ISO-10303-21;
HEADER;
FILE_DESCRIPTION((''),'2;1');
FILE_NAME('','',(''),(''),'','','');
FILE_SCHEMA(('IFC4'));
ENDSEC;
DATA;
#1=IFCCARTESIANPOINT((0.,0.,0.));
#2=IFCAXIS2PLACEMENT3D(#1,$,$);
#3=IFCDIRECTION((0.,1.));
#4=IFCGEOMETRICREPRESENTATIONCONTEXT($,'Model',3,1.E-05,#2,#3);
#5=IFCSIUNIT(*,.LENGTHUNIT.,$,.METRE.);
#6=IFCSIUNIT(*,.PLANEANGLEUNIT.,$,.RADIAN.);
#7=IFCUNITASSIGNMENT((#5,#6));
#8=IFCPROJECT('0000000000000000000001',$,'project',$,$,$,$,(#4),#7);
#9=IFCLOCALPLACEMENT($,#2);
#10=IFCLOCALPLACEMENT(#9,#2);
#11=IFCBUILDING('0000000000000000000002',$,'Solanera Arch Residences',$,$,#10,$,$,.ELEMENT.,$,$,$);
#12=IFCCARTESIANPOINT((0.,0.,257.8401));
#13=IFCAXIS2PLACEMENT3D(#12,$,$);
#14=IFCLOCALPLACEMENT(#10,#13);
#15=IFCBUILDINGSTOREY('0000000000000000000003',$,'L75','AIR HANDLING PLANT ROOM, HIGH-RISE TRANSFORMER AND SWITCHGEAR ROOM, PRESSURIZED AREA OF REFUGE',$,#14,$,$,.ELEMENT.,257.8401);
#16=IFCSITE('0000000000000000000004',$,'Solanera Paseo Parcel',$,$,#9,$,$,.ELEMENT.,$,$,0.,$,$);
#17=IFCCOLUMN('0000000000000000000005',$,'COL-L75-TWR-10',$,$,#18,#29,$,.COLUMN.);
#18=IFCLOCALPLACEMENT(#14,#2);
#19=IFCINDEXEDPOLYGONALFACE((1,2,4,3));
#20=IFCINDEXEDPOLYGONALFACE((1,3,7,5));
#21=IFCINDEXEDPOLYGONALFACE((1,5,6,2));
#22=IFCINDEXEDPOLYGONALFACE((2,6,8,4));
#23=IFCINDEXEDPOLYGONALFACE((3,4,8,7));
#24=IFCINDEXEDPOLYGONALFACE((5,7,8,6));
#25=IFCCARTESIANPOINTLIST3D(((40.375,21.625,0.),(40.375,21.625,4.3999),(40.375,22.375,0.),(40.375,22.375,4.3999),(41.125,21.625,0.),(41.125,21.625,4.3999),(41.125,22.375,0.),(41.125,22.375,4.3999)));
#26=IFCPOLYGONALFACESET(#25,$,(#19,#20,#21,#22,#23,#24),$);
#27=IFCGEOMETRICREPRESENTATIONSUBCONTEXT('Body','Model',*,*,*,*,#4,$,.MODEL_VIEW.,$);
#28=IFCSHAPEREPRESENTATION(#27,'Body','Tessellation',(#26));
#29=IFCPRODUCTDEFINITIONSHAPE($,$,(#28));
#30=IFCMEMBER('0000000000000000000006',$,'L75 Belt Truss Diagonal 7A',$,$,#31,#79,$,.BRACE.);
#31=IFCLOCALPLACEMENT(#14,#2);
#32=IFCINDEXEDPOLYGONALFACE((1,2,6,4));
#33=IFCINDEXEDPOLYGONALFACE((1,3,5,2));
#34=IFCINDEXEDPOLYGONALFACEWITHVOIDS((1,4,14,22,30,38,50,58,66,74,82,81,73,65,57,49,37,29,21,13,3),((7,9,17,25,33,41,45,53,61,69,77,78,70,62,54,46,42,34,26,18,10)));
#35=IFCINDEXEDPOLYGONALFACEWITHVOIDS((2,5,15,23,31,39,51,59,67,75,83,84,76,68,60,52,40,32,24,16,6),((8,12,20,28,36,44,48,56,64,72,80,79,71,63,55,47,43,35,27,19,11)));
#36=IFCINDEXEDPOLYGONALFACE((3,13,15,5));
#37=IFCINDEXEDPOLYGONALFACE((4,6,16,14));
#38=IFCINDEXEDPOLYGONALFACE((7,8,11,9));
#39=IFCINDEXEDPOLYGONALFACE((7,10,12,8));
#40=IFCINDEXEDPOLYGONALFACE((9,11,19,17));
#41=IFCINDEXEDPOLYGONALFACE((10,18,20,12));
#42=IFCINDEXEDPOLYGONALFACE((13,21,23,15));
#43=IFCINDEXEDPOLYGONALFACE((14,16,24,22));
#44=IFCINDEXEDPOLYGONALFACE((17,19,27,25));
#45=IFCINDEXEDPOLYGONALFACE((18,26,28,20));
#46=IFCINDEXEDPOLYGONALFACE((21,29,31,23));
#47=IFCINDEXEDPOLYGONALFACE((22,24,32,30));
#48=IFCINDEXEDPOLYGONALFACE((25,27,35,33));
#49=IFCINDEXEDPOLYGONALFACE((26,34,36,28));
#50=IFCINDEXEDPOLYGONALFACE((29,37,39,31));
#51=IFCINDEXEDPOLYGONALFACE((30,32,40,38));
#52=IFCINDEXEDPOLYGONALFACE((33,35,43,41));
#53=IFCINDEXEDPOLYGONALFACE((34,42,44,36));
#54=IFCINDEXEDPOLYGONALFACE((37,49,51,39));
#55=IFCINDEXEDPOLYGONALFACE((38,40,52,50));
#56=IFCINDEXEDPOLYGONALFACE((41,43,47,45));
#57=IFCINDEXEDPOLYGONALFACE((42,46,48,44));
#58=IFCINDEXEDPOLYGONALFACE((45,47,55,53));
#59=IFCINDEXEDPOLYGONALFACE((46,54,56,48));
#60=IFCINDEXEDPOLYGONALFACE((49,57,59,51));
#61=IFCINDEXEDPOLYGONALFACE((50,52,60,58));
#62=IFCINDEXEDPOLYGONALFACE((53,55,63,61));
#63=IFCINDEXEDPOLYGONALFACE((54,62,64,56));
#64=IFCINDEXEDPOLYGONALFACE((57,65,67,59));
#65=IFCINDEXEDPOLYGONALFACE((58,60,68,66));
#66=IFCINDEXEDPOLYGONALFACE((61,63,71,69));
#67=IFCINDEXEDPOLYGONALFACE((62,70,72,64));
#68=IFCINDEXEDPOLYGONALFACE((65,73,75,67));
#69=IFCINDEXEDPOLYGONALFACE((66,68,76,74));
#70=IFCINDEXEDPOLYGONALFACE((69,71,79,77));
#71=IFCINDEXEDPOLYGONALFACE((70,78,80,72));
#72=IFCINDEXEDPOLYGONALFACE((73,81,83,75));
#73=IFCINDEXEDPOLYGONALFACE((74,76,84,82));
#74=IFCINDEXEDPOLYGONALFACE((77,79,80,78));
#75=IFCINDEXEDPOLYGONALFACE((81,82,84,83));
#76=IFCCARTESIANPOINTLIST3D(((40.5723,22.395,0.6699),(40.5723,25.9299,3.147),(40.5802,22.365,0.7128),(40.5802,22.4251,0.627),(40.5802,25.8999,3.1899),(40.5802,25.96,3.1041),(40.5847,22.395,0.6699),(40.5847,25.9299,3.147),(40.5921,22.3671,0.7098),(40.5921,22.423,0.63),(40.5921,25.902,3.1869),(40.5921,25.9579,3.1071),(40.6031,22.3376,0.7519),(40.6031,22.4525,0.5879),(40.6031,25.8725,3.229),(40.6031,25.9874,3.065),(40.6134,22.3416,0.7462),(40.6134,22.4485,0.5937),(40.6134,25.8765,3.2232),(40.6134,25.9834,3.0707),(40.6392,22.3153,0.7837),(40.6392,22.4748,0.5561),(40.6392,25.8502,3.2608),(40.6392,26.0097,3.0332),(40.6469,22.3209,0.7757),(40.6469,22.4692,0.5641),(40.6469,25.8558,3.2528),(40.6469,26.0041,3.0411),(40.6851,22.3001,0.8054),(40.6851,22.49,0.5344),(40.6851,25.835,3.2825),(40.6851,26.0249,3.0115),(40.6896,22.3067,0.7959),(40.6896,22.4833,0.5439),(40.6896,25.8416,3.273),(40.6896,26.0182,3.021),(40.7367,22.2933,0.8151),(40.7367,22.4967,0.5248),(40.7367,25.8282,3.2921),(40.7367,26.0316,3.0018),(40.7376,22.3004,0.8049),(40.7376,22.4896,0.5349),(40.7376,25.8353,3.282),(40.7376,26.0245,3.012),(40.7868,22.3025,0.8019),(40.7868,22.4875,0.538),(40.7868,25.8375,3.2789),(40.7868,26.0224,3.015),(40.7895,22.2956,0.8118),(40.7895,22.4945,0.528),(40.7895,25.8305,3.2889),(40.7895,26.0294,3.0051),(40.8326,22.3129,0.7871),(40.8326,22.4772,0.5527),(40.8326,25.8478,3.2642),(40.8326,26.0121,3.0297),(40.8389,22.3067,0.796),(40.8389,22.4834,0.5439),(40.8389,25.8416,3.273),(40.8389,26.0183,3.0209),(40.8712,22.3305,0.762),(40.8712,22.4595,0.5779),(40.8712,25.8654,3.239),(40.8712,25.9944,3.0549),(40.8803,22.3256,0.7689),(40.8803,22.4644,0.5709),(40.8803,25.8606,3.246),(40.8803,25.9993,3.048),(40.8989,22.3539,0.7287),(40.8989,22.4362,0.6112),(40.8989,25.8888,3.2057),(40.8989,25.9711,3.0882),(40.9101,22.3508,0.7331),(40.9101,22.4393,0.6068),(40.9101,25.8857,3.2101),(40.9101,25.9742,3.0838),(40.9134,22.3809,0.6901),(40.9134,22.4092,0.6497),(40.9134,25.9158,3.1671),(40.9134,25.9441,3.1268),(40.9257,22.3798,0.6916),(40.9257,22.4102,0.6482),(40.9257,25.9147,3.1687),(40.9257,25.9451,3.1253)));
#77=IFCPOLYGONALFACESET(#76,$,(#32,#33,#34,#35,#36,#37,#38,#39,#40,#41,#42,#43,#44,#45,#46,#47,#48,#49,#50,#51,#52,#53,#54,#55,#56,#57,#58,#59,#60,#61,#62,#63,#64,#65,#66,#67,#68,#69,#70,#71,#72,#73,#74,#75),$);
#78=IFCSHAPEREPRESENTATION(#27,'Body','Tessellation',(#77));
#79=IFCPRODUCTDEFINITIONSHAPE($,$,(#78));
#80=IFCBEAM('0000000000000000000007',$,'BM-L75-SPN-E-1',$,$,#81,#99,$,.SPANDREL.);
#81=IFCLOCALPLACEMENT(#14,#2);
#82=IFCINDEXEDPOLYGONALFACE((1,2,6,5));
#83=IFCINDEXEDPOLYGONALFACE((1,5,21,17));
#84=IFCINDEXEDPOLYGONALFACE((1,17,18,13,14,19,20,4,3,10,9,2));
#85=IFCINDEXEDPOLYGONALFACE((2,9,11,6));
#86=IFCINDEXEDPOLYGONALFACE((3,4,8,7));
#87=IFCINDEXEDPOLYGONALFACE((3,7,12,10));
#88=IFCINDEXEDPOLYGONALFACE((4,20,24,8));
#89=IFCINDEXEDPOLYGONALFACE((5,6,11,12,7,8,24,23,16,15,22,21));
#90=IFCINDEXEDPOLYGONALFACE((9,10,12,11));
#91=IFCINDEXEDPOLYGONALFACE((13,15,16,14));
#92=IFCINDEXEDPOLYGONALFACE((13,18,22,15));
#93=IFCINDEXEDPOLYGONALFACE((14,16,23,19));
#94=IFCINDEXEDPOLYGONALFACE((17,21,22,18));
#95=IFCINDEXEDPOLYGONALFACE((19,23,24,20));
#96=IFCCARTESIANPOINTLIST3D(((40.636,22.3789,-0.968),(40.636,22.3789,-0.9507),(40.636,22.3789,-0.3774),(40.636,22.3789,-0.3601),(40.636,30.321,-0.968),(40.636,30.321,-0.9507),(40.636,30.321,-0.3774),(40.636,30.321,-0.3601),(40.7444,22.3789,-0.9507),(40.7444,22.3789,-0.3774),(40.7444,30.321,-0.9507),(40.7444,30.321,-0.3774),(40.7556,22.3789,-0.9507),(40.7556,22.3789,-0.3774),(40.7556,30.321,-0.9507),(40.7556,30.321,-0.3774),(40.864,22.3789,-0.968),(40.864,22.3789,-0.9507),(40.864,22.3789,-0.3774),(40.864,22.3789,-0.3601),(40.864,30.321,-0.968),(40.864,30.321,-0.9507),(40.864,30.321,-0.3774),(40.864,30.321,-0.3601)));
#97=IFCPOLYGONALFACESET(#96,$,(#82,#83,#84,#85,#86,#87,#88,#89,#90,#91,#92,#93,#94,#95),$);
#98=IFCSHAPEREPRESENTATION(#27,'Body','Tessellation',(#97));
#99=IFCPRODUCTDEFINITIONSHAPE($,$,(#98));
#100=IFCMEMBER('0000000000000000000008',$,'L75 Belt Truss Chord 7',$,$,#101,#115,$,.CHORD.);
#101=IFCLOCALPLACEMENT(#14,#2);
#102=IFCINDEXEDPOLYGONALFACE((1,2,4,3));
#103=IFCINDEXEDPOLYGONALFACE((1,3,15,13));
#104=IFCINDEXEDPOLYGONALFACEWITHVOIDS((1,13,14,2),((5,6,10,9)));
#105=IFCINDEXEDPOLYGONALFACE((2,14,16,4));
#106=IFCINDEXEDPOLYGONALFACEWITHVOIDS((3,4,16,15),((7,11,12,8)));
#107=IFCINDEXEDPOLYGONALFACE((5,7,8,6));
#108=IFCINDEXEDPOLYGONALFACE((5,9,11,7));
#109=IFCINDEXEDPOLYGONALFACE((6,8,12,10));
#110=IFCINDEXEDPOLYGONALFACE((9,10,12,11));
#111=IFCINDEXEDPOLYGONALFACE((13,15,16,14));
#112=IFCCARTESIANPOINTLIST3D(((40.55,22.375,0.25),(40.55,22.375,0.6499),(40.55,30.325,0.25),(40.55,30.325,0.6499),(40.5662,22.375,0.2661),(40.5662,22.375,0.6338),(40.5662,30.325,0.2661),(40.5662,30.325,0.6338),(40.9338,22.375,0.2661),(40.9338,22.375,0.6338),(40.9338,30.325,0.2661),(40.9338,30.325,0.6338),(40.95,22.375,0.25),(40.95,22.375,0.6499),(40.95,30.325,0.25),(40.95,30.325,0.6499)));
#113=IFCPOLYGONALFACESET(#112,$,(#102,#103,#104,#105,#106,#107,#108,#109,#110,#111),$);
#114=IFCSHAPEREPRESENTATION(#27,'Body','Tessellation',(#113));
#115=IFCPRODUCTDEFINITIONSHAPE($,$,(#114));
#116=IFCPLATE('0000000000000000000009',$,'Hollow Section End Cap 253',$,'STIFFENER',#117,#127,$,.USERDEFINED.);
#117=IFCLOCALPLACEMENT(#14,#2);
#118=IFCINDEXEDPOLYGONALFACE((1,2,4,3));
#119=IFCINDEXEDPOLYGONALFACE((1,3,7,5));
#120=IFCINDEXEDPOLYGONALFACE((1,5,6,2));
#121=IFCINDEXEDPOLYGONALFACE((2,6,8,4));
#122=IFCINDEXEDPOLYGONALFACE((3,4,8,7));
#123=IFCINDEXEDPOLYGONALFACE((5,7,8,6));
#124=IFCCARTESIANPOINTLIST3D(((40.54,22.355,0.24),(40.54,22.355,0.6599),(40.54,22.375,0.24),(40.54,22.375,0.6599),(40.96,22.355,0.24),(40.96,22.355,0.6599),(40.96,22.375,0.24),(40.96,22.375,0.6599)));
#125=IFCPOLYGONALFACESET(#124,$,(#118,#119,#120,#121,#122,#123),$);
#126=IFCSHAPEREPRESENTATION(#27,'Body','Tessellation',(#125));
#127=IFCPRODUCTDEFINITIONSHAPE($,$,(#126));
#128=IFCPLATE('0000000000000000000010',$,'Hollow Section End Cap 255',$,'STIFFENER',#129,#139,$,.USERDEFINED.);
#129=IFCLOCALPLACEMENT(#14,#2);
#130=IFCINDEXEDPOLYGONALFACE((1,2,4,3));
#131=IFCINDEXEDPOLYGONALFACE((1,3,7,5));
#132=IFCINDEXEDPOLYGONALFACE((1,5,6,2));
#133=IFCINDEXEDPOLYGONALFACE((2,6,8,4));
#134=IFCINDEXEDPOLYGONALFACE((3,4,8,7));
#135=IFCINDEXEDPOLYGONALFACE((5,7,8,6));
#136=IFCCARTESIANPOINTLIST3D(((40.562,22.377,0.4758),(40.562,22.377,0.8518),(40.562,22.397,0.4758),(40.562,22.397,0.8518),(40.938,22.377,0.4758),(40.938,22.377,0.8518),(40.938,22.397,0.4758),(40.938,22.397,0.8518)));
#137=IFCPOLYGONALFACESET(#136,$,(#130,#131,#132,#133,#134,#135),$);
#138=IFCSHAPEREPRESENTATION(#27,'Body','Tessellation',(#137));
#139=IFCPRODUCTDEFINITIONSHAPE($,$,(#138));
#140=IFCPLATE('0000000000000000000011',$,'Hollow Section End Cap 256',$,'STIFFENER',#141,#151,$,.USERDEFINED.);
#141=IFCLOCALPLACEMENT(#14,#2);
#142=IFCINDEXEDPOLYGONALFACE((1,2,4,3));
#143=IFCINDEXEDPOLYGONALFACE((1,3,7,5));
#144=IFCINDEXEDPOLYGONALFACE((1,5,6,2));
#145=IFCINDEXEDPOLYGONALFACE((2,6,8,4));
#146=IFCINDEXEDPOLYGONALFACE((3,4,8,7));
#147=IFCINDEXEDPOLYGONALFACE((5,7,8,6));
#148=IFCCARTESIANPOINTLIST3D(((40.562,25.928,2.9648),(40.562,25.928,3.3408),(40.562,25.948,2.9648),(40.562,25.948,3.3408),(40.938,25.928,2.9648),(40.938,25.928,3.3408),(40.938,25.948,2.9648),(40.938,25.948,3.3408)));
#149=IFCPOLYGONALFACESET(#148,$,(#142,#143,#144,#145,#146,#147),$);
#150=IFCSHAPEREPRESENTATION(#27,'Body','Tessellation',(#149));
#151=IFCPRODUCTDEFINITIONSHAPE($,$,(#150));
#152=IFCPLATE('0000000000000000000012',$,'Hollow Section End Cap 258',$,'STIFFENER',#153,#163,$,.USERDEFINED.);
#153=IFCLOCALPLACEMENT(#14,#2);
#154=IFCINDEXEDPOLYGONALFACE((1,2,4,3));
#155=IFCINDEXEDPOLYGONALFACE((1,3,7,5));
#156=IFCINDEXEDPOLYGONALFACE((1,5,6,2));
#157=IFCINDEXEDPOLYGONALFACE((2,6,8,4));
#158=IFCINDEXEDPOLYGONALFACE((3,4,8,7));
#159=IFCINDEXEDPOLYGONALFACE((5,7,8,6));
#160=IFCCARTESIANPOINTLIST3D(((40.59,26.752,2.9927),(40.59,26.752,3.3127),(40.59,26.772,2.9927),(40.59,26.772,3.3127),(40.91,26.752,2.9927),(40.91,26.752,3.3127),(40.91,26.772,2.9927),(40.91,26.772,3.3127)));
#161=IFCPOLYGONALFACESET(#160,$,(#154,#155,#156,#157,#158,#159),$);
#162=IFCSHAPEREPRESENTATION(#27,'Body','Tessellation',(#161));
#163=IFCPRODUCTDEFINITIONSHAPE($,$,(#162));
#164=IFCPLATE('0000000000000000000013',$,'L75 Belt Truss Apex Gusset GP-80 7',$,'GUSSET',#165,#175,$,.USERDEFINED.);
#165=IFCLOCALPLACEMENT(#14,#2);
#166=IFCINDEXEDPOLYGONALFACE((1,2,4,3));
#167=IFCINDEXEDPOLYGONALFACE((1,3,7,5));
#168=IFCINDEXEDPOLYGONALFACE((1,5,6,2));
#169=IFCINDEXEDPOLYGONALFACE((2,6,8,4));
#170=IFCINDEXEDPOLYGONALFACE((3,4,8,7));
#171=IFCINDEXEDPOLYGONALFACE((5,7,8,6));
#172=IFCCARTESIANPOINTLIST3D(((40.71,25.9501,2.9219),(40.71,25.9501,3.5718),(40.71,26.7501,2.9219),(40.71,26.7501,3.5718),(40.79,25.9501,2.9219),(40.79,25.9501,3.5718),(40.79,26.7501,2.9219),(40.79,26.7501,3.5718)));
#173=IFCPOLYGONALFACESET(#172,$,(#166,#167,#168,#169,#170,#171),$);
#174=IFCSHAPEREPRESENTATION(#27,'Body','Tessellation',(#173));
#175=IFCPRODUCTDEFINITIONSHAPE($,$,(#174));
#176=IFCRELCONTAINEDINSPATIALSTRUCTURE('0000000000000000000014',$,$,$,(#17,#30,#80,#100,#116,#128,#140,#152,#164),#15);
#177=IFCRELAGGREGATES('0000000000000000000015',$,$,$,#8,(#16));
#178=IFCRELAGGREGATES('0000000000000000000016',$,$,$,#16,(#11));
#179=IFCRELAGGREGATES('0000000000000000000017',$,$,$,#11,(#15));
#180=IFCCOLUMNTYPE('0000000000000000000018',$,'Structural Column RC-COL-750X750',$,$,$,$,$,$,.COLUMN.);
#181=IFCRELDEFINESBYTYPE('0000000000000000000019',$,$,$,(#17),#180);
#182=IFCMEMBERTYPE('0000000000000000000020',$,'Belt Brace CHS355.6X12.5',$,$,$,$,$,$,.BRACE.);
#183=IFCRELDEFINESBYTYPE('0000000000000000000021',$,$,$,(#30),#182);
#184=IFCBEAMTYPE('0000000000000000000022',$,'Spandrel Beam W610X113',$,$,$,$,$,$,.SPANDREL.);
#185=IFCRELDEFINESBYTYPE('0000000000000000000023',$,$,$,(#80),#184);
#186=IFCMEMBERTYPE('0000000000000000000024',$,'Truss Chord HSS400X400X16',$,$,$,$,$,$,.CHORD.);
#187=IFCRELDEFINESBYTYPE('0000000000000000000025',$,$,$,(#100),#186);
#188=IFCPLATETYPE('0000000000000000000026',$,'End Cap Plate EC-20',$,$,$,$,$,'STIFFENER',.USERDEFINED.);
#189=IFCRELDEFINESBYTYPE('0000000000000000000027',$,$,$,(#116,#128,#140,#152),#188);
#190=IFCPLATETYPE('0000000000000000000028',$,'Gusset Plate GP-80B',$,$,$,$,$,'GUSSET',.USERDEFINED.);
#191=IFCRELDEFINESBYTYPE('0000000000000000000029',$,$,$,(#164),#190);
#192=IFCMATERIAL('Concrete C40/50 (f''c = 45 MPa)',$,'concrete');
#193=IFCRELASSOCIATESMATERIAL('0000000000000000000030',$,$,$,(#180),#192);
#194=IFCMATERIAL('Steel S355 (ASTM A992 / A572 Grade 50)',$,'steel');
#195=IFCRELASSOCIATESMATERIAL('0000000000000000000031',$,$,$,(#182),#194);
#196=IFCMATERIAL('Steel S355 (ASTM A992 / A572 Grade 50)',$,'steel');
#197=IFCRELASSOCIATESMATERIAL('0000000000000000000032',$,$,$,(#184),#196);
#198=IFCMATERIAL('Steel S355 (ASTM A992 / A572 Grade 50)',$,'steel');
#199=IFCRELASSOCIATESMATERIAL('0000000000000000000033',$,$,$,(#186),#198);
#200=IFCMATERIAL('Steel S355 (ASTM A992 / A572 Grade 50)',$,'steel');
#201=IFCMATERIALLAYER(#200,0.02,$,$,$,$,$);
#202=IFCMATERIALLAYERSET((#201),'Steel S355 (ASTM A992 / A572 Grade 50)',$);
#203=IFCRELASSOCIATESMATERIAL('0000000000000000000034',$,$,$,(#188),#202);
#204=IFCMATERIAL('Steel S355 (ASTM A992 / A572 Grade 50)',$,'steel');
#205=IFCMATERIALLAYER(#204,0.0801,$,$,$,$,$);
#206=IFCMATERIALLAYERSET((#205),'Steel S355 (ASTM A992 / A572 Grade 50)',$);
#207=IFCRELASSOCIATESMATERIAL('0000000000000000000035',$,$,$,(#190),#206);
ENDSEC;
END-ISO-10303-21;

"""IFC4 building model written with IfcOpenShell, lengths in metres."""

from ifc_helpers import new_model, si_unit, direction, frame, origin, origin_2d, place, context, subcontext, project, spatial, rectangle, hollow_rectangle, hollow_circle, i_section, extrude, material, layer, layer_set, material_profile, profile_set, type_object, element, save


model = new_model("IFC4")

# Units and contexts
model_context = context("Model", 3, precision=1e-05, world=origin(), true_north=direction((0.0, 1.0)))
body_context = subcontext(model_context, "Body", "Model", "MODEL_VIEW")
ifc_project = project(units=[si_unit("LENGTHUNIT", "METRE"), si_unit("PLANEANGLEUNIT", "RADIAN")], contexts=[model_context])

# Site, building, storey
site_placement = place(None, origin())
site = spatial("IfcSite", under=ifc_project, at=site_placement, Name="Solanera Paseo Parcel", CompositionType="ELEMENT", RefElevation=0.0)
building_placement = place(site_placement, origin())
building = spatial("IfcBuilding", under=site, at=building_placement, Name="Solanera Arch Residences", CompositionType="ELEMENT")
storey_placement = place(building_placement, frame((0.0, 0.0, 257.8401)))
storey = spatial("IfcBuildingStorey", under=building, at=storey_placement, Name="L75", Description="AIR HANDLING PLANT ROOM, HIGH-RISE TRANSFORMER AND SWITCHGEAR ROOM, PRESSURIZED AREA OF REFUGE", CompositionType="ELEMENT", Elevation=257.8401)

# Column
ifc_material_1 = material(Name="Concrete C40/50 (f'c = 45 MPa)", Category="concrete")
ifc_material_profile_1 = material_profile(ifc_material_1, rectangle(XDim=0.75, YDim=0.75, at=origin_2d()))
ifc_profile_set_1 = profile_set([ifc_material_profile_1], Name="Concrete C40/50 (f'c = 45 MPa)")
column_type = type_object("IfcColumnType", Name="Structural Column RC-COL-750X750", PredefinedType="COLUMN", material=ifc_profile_set_1)
column_placement = place(storey_placement, frame((40.75, 22.0, 0.0), z_axis=(0.0, 0.0, 1.0), x_axis=(1.0, 0.0, 0.0)))
element("IfcColumn", 1, at=column_placement, inside=storey, type_object=column_type, Name="COL-L75-TWR-10", PredefinedType="COLUMN", context=body_context, shape_type="SweptSolid", body=[
    extrude(rectangle(XDim=0.75, YDim=0.75, at=origin_2d()), origin(), (0.0, 0.0, 1.0), 4.3999),
])

# Member
ifc_material_2 = material(Name="Steel S355 (ASTM A992 / A572 Grade 50)", Category="steel")
ifc_material_profile_2 = material_profile(ifc_material_2, hollow_circle(Radius=0.1777, WallThickness=0.0125, at=origin_2d()))
ifc_profile_set_2 = profile_set([ifc_material_profile_2], Name="Steel S355 (ASTM A992 / A572 Grade 50)")
member_type_1 = type_object("IfcMemberType", Name="Belt Brace CHS355.6X12.5", PredefinedType="BRACE", material=ifc_profile_set_2)
member_1_placement = place(storey_placement, frame((40.75, 22.395, 0.6699), z_axis=(0.0, 0.818947, 0.573868), x_axis=(-1.0, 0.0, 0.0)))
element("IfcMember", 2, at=member_1_placement, inside=storey, type_object=member_type_1, Name="L75 Belt Truss Diagonal 7A", PredefinedType="BRACE", context=body_context, shape_type="SweptSolid", body=[
    extrude(hollow_circle(Radius=0.1777, WallThickness=0.0125, at=origin_2d()), origin(), (0.0, 0.0, 1.0), 4.3164),
])

# Beam
ifc_material_3 = material(Name="Steel S355 (ASTM A992 / A572 Grade 50)", Category="steel")
ifc_material_profile_3 = material_profile(ifc_material_3, i_section(OverallWidth=0.228, OverallDepth=0.6079, WebThickness=0.0112, FlangeThickness=0.0173, at=origin_2d()))
ifc_profile_set_3 = profile_set([ifc_material_profile_3], Name="Steel S355 (ASTM A992 / A572 Grade 50)")
beam_type = type_object("IfcBeamType", Name="Spandrel Beam W610X113", PredefinedType="SPANDREL", material=ifc_profile_set_3)
beam_placement = place(storey_placement, frame((40.75, 22.3789, -0.6641), z_axis=(0.0, 1.0, 0.0), x_axis=(-1.0, 0.0, 0.0)))
element("IfcBeam", 3, at=beam_placement, inside=storey, type_object=beam_type, Name="BM-L75-SPN-E-1", PredefinedType="SPANDREL", context=body_context, shape_type="SweptSolid", body=[
    extrude(i_section(OverallWidth=0.228, OverallDepth=0.6079, WebThickness=0.0112, FlangeThickness=0.0173, at=origin_2d()), origin(), (0.0, 0.0, 1.0), 7.9421),
])

# Member
ifc_material_4 = material(Name="Steel S355 (ASTM A992 / A572 Grade 50)", Category="steel")
ifc_material_profile_4 = material_profile(ifc_material_4, hollow_rectangle(XDim=0.3999, YDim=0.3999, WallThickness=0.0161, at=origin_2d()))
ifc_profile_set_4 = profile_set([ifc_material_profile_4], Name="Steel S355 (ASTM A992 / A572 Grade 50)")
member_type_2 = type_object("IfcMemberType", Name="Truss Chord HSS400X400X16", PredefinedType="CHORD", material=ifc_profile_set_4)
member_2_placement = place(storey_placement, frame((40.75, 22.375, 0.45), z_axis=(0.0, 1.0, 0.0), x_axis=(-1.0, 0.0, 0.0)))
element("IfcMember", 4, at=member_2_placement, inside=storey, type_object=member_type_2, Name="L75 Belt Truss Chord 7", PredefinedType="CHORD", context=body_context, shape_type="SweptSolid", body=[
    extrude(hollow_rectangle(XDim=0.3999, YDim=0.3999, WallThickness=0.0161, at=origin_2d()), origin(), (0.0, 0.0, 1.0), 7.95),
])

# Plates
ifc_material_5 = material(Name="Steel S355 (ASTM A992 / A572 Grade 50)", Category="steel")
ifc_layer_1 = layer(ifc_material_5, 0.02)
ifc_layer_set_1 = layer_set([ifc_layer_1], Name="Steel S355 (ASTM A992 / A572 Grade 50)")
plate_type_1 = type_object("IfcPlateType", Name="End Cap Plate EC-20", ElementType="STIFFENER", PredefinedType="USERDEFINED", material=ifc_layer_set_1)
plate_1_placement = place(storey_placement, frame((40.75, 22.365, 0.24), z_axis=(0.0, 0.0, 1.0), x_axis=(0.0, -1.0, 0.0)))
element("IfcPlate", 5, at=plate_1_placement, inside=storey, type_object=plate_type_1, Name="Hollow Section End Cap 253", ObjectType="STIFFENER", PredefinedType="USERDEFINED", context=body_context, shape_type="SweptSolid", body=[
    extrude(rectangle(XDim=0.02, YDim=0.4199, at=origin_2d()), origin(), (0.0, 0.0, 1.0), 0.4199),
])
for number, where, z_axis, x_axis, name in (
    (6, (40.75, 22.387, 0.4758), (0.0, 0.0, 1.0), (0.0, -1.0, 0.0), "Hollow Section End Cap 255"),
    (7, (40.75, 25.938, 2.9648), (0.0, 0.0, 1.0), (0.0, 1.0, 0.0), "Hollow Section End Cap 256"),
):
    element("IfcPlate", number, at=place(storey_placement, frame(where, z_axis=z_axis, x_axis=x_axis)), inside=storey, type_object=plate_type_1, Name=name, ObjectType="STIFFENER", PredefinedType="USERDEFINED", context=body_context, shape_type="SweptSolid", body=[
        extrude(rectangle(XDim=0.02, YDim=0.376, at=origin_2d()), origin(), (0.0, 0.0, 1.0), 0.376),
    ])
plate_2_placement = place(storey_placement, frame((40.75, 26.762, 2.9927), z_axis=(0.0, 0.0, 1.0), x_axis=(0.0, -1.0, 0.0)))
element("IfcPlate", 8, at=plate_2_placement, inside=storey, type_object=plate_type_1, Name="Hollow Section End Cap 258", ObjectType="STIFFENER", PredefinedType="USERDEFINED", context=body_context, shape_type="SweptSolid", body=[
    extrude(rectangle(XDim=0.02, YDim=0.3201, at=origin_2d()), origin(), (0.0, 0.0, 1.0), 0.3201),
])
ifc_material_6 = material(Name="Steel S355 (ASTM A992 / A572 Grade 50)", Category="steel")
ifc_layer_2 = layer(ifc_material_6, 0.0801)
ifc_layer_set_2 = layer_set([ifc_layer_2], Name="Steel S355 (ASTM A992 / A572 Grade 50)")
plate_type_2 = type_object("IfcPlateType", Name="Gusset Plate GP-80B", ElementType="GUSSET", PredefinedType="USERDEFINED", material=ifc_layer_set_2)
plate_3_placement = place(storey_placement, frame((40.75, 26.3501, 2.9219), z_axis=(0.0, 0.0, 1.0), x_axis=(1.0, 0.0, 0.0)))
element("IfcPlate", 9, at=plate_3_placement, inside=storey, type_object=plate_type_2, Name="L75 Belt Truss Apex Gusset GP-80 7", ObjectType="GUSSET", PredefinedType="USERDEFINED", context=body_context, shape_type="SweptSolid", body=[
    extrude(rectangle(XDim=0.0801, YDim=0.8, at=origin_2d()), origin(), (0.0, 0.0, 1.0), 0.6499),
])

save(model, "model.ifc")
